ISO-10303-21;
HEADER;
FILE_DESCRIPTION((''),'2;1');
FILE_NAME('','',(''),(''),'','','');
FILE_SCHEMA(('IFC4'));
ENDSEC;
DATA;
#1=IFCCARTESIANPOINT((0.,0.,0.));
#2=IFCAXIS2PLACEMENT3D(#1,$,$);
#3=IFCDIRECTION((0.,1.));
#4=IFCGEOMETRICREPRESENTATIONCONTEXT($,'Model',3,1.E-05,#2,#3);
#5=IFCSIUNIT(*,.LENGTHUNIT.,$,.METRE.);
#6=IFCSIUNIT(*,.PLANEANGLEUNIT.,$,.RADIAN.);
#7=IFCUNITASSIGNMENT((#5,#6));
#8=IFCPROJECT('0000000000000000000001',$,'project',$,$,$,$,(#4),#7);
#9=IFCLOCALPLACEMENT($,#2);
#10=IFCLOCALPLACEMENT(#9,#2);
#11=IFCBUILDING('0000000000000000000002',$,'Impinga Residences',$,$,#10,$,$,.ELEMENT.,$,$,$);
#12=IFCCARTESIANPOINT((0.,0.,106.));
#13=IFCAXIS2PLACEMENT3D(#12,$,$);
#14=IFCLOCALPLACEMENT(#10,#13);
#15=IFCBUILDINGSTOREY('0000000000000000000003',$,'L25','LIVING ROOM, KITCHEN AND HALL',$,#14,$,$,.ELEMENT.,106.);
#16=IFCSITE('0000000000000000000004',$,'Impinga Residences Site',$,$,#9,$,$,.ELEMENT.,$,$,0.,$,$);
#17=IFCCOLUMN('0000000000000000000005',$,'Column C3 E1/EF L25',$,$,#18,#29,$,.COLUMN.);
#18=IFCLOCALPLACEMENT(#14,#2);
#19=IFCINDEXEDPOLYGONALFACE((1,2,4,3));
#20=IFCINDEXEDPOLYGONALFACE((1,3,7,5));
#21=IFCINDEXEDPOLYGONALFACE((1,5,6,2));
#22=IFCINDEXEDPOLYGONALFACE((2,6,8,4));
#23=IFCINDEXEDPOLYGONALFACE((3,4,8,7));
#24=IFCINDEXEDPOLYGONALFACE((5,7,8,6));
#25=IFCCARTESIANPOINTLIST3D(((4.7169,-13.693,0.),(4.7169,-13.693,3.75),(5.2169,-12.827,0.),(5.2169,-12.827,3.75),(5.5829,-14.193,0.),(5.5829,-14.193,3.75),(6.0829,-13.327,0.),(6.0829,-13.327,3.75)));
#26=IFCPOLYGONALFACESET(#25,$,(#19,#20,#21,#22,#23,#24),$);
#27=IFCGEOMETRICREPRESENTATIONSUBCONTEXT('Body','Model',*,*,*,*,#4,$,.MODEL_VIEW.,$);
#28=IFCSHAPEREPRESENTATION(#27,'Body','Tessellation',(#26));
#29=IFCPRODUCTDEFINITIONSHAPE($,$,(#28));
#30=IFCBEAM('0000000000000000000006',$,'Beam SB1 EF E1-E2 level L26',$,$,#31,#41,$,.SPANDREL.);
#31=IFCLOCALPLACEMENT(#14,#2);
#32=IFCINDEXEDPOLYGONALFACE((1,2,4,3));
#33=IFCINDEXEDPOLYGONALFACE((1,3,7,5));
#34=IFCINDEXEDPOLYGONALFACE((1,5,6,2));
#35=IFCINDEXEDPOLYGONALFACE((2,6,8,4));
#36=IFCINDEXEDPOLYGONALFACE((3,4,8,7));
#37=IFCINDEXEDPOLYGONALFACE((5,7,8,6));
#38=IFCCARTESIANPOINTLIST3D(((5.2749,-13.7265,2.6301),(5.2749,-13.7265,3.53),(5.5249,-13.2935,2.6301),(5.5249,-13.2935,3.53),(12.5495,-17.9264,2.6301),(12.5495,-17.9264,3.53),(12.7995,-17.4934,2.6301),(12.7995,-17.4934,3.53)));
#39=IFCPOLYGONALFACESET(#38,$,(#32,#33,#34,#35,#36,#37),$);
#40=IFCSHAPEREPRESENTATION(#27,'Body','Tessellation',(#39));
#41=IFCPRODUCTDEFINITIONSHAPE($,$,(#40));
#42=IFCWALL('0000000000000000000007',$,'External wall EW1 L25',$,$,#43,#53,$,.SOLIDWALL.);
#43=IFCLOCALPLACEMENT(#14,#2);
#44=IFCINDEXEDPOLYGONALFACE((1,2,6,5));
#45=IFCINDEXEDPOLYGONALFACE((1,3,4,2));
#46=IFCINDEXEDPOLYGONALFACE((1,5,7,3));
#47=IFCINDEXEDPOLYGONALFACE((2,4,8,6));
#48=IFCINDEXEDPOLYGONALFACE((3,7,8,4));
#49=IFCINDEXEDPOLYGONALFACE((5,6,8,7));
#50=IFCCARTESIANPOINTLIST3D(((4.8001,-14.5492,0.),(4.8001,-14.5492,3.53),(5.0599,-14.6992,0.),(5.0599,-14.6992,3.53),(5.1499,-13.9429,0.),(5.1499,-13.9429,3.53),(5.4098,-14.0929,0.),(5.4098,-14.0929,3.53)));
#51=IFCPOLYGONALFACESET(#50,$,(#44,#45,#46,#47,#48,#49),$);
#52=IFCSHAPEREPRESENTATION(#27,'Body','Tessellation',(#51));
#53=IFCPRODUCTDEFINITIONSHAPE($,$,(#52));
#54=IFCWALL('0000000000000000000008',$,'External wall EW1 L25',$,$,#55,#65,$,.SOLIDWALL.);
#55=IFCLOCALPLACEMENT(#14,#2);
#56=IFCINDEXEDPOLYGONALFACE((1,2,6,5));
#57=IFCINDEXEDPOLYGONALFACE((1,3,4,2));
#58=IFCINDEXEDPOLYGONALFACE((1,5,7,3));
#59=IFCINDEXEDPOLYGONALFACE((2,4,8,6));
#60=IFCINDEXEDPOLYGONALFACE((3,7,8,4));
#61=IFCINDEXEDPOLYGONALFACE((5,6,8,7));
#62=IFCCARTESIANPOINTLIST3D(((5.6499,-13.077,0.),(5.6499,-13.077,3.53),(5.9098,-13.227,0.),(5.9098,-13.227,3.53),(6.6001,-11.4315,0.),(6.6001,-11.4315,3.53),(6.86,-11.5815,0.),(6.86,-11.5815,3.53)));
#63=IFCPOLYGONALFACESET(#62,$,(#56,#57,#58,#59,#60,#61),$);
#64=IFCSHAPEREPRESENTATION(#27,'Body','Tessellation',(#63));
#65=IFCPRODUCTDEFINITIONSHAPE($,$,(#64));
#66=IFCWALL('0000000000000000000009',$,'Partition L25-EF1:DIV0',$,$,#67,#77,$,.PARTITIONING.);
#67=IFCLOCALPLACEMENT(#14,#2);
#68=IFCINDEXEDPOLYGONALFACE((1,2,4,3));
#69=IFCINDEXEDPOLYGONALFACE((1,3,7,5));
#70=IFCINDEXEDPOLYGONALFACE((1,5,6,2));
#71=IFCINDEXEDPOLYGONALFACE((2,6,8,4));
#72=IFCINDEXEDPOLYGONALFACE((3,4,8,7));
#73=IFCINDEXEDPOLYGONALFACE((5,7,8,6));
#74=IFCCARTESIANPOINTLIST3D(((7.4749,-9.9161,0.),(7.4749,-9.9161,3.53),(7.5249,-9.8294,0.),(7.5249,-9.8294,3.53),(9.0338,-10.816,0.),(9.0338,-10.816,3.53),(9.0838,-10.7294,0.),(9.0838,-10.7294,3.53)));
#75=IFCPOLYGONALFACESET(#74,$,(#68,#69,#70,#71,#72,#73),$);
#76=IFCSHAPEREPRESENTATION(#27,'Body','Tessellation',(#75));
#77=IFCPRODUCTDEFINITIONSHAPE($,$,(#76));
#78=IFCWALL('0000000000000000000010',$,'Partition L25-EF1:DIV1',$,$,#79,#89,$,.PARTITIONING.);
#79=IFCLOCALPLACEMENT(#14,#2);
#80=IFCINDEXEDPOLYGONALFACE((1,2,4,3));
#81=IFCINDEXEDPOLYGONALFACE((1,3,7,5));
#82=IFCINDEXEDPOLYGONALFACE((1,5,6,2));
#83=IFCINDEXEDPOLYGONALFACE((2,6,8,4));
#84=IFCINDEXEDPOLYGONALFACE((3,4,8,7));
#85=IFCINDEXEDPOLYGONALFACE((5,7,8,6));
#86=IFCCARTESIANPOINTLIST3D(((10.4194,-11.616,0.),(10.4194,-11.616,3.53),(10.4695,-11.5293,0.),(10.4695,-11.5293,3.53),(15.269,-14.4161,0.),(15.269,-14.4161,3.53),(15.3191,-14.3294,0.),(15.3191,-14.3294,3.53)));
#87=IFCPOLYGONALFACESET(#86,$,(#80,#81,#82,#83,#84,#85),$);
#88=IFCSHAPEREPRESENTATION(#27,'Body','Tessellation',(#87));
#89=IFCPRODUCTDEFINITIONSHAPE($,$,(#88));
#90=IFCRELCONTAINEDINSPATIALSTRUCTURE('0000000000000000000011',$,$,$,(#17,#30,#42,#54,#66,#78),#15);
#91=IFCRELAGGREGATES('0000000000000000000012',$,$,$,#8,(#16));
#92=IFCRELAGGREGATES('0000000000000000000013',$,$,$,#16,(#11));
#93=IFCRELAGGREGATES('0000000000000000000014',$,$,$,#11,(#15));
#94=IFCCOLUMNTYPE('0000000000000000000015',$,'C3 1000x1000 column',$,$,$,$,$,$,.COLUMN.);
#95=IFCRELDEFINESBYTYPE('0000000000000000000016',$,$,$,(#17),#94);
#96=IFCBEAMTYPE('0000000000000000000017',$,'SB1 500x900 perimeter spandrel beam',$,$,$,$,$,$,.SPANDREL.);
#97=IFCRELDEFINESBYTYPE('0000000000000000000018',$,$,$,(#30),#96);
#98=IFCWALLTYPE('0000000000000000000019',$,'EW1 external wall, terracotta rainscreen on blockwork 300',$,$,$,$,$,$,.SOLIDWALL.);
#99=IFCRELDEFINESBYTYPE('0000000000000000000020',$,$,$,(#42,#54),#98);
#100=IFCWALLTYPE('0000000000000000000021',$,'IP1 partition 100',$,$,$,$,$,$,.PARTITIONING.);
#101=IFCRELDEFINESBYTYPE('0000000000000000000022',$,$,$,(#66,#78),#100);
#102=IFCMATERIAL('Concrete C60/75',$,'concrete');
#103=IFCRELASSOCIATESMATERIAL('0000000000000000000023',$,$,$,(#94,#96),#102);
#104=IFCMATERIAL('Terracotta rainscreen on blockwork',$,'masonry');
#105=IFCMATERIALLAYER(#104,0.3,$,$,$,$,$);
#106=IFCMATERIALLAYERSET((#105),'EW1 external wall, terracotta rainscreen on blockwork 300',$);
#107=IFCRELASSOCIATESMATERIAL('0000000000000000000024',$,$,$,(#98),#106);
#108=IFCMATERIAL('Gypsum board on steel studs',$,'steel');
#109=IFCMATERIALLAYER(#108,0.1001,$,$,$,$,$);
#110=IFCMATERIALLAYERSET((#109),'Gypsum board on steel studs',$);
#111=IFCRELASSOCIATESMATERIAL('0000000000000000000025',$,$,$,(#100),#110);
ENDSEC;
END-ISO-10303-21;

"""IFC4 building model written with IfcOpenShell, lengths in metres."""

from ifc_helpers import new_model, si_unit, direction, frame, frame_2d, origin, origin_2d, place, context, subcontext, project, spatial, rectangle, extrude, material, layer, layer_set, material_profile, profile_set, type_object, element, save


model = new_model("IFC4")

# Units and contexts
model_context = context("Model", 3, precision=1e-05, world=origin(), true_north=direction((0.0, 1.0)))
body_context = subcontext(model_context, "Body", "Model", "MODEL_VIEW")
ifc_project = project(units=[si_unit("LENGTHUNIT", "METRE"), si_unit("PLANEANGLEUNIT", "RADIAN")], contexts=[model_context])

# Site, building, storey
site_placement = place(None, origin())
site = spatial("IfcSite", under=ifc_project, at=site_placement, Name="Impinga Residences Site", CompositionType="ELEMENT", RefElevation=0.0)
building_placement = place(site_placement, origin())
building = spatial("IfcBuilding", under=site, at=building_placement, Name="Impinga Residences", CompositionType="ELEMENT")
storey_placement = place(building_placement, frame((0.0, 0.0, 106.0)))
storey = spatial("IfcBuildingStorey", under=building, at=storey_placement, Name="L25", Description="LIVING ROOM, KITCHEN AND HALL", CompositionType="ELEMENT", Elevation=106.0)

# Column
ifc_material_1 = material(Name="Concrete C60/75", Category="concrete")
ifc_material_profile_1 = material_profile(ifc_material_1, rectangle(XDim=1.0, YDim=1.0, at=origin_2d()), Name="RC 1000x1000")
ifc_profile_set_1 = profile_set([ifc_material_profile_1], Name="Concrete C60/75")
column_type = type_object("IfcColumnType", Name="C3 1000x1000 column", PredefinedType="COLUMN", material=ifc_profile_set_1)
column_placement = place(storey_placement, frame((5.3999, -13.51, 0.0), z_axis=(0.0, 0.0, 1.0), x_axis=(-0.5, -0.866025, 0.0)))
element("IfcColumn", 1, at=column_placement, inside=storey, type_object=column_type, Name="Column C3 E1/EF L25", PredefinedType="COLUMN", context=body_context, shape_type="SweptSolid", body=[
    extrude(rectangle(XDim=1.0, YDim=1.0, at=origin_2d()), origin(), (0.0, 0.0, 1.0), 3.75),
])

# Beam
ifc_material_profile_2 = material_profile(ifc_material_1, rectangle(XDim=0.5, YDim=0.8999, at=origin_2d()), Name="RC 500x900")
ifc_profile_set_2 = profile_set([ifc_material_profile_2], Name="Concrete C60/75")
beam_type = type_object("IfcBeamType", Name="SB1 500x900 perimeter spandrel beam", PredefinedType="SPANDREL", material=ifc_profile_set_2)
beam_placement = place(storey_placement, frame((5.3999, -13.51, 3.0801), z_axis=(0.866029, -0.499993, 0.0), x_axis=(0.499993, 0.866029, 0.0)))
element("IfcBeam", 2, at=beam_placement, inside=storey, type_object=beam_type, Name="Beam SB1 EF E1-E2 level L26", PredefinedType="SPANDREL", context=body_context, shape_type="SweptSolid", body=[
    extrude(rectangle(XDim=0.5, YDim=0.8999, at=origin_2d()), origin(), (0.0, 0.0, 1.0), 8.3999),
])

# Walls
ifc_material_2 = material(Name="Terracotta rainscreen on blockwork", Category="masonry")
ifc_layer_1 = layer(ifc_material_2, 0.3)
ifc_layer_set_1 = layer_set([ifc_layer_1], Name="EW1 external wall, terracotta rainscreen on blockwork 300")
wall_type_1 = type_object("IfcWallType", Name="EW1 external wall, terracotta rainscreen on blockwork 300", PredefinedType="SOLIDWALL", material=ifc_layer_set_1)
wall_1_placement = place(storey_placement, frame((4.9299, -14.6243, 0.0), z_axis=(0.0, 0.0, 1.0), x_axis=(0.499853, 0.86611, 0.0)))
element("IfcWall", 3, at=wall_1_placement, inside=storey, type_object=wall_type_1, Name="External wall EW1 L25", PredefinedType="SOLIDWALL", context=body_context, shape_type="SweptSolid", body=[
    extrude(rectangle(XDim=0.7, YDim=0.3, at=frame_2d((0.3501, 0.0))), origin(), (0.0, 0.0, 1.0), 3.53),
])
wall_2_placement = place(storey_placement, frame((5.7798, -13.1521, 0.0), z_axis=(0.0, 0.0, 1.0), x_axis=(0.500064, 0.865989, 0.0)))
element("IfcWall", 4, at=wall_2_placement, inside=storey, type_object=wall_type_1, Name="External wall EW1 L25", PredefinedType="SOLIDWALL", context=body_context, shape_type="SweptSolid", body=[
    extrude(rectangle(XDim=1.9001, YDim=0.3, at=frame_2d((0.9502, 0.0))), origin(), (0.0, 0.0, 1.0), 3.53),
])
ifc_material_3 = material(Name="Gypsum board on steel studs", Category="steel")
ifc_layer_2 = layer(ifc_material_3, 0.1001)
ifc_layer_set_2 = layer_set([ifc_layer_2], Name="Gypsum board on steel studs")
wall_type_2 = type_object("IfcWallType", Name="IP1 partition 100", PredefinedType="PARTITIONING", material=ifc_layer_set_2)
wall_3_placement = place(storey_placement, frame((7.5, -9.8728, 0.0), z_axis=(0.0, 0.0, 1.0), x_axis=(0.866048, -0.499961, 0.0)))
element("IfcWall", 5, at=wall_3_placement, inside=storey, type_object=wall_type_2, Name="Partition L25-EF1:DIV0", PredefinedType="PARTITIONING", context=body_context, shape_type="SweptSolid", body=[
    extrude(rectangle(XDim=1.8, YDim=0.1001, at=frame_2d((0.8999, 0.0))), origin(), (0.0, 0.0, 1.0), 3.53),
])
wall_4_placement = place(storey_placement, frame((10.4446, -11.5728, 0.0), z_axis=(0.0, 0.0, 1.0), x_axis=(0.866016, -0.500017, 0.0)))
element("IfcWall", 6, at=wall_4_placement, inside=storey, type_object=wall_type_2, Name="Partition L25-EF1:DIV1", PredefinedType="PARTITIONING", context=body_context, shape_type="SweptSolid", body=[
    extrude(rectangle(XDim=5.5999, YDim=0.1001, at=frame_2d((2.7998, 0.0))), origin(), (0.0, 0.0, 1.0), 3.53),
])

save(model, "model.ifc")
